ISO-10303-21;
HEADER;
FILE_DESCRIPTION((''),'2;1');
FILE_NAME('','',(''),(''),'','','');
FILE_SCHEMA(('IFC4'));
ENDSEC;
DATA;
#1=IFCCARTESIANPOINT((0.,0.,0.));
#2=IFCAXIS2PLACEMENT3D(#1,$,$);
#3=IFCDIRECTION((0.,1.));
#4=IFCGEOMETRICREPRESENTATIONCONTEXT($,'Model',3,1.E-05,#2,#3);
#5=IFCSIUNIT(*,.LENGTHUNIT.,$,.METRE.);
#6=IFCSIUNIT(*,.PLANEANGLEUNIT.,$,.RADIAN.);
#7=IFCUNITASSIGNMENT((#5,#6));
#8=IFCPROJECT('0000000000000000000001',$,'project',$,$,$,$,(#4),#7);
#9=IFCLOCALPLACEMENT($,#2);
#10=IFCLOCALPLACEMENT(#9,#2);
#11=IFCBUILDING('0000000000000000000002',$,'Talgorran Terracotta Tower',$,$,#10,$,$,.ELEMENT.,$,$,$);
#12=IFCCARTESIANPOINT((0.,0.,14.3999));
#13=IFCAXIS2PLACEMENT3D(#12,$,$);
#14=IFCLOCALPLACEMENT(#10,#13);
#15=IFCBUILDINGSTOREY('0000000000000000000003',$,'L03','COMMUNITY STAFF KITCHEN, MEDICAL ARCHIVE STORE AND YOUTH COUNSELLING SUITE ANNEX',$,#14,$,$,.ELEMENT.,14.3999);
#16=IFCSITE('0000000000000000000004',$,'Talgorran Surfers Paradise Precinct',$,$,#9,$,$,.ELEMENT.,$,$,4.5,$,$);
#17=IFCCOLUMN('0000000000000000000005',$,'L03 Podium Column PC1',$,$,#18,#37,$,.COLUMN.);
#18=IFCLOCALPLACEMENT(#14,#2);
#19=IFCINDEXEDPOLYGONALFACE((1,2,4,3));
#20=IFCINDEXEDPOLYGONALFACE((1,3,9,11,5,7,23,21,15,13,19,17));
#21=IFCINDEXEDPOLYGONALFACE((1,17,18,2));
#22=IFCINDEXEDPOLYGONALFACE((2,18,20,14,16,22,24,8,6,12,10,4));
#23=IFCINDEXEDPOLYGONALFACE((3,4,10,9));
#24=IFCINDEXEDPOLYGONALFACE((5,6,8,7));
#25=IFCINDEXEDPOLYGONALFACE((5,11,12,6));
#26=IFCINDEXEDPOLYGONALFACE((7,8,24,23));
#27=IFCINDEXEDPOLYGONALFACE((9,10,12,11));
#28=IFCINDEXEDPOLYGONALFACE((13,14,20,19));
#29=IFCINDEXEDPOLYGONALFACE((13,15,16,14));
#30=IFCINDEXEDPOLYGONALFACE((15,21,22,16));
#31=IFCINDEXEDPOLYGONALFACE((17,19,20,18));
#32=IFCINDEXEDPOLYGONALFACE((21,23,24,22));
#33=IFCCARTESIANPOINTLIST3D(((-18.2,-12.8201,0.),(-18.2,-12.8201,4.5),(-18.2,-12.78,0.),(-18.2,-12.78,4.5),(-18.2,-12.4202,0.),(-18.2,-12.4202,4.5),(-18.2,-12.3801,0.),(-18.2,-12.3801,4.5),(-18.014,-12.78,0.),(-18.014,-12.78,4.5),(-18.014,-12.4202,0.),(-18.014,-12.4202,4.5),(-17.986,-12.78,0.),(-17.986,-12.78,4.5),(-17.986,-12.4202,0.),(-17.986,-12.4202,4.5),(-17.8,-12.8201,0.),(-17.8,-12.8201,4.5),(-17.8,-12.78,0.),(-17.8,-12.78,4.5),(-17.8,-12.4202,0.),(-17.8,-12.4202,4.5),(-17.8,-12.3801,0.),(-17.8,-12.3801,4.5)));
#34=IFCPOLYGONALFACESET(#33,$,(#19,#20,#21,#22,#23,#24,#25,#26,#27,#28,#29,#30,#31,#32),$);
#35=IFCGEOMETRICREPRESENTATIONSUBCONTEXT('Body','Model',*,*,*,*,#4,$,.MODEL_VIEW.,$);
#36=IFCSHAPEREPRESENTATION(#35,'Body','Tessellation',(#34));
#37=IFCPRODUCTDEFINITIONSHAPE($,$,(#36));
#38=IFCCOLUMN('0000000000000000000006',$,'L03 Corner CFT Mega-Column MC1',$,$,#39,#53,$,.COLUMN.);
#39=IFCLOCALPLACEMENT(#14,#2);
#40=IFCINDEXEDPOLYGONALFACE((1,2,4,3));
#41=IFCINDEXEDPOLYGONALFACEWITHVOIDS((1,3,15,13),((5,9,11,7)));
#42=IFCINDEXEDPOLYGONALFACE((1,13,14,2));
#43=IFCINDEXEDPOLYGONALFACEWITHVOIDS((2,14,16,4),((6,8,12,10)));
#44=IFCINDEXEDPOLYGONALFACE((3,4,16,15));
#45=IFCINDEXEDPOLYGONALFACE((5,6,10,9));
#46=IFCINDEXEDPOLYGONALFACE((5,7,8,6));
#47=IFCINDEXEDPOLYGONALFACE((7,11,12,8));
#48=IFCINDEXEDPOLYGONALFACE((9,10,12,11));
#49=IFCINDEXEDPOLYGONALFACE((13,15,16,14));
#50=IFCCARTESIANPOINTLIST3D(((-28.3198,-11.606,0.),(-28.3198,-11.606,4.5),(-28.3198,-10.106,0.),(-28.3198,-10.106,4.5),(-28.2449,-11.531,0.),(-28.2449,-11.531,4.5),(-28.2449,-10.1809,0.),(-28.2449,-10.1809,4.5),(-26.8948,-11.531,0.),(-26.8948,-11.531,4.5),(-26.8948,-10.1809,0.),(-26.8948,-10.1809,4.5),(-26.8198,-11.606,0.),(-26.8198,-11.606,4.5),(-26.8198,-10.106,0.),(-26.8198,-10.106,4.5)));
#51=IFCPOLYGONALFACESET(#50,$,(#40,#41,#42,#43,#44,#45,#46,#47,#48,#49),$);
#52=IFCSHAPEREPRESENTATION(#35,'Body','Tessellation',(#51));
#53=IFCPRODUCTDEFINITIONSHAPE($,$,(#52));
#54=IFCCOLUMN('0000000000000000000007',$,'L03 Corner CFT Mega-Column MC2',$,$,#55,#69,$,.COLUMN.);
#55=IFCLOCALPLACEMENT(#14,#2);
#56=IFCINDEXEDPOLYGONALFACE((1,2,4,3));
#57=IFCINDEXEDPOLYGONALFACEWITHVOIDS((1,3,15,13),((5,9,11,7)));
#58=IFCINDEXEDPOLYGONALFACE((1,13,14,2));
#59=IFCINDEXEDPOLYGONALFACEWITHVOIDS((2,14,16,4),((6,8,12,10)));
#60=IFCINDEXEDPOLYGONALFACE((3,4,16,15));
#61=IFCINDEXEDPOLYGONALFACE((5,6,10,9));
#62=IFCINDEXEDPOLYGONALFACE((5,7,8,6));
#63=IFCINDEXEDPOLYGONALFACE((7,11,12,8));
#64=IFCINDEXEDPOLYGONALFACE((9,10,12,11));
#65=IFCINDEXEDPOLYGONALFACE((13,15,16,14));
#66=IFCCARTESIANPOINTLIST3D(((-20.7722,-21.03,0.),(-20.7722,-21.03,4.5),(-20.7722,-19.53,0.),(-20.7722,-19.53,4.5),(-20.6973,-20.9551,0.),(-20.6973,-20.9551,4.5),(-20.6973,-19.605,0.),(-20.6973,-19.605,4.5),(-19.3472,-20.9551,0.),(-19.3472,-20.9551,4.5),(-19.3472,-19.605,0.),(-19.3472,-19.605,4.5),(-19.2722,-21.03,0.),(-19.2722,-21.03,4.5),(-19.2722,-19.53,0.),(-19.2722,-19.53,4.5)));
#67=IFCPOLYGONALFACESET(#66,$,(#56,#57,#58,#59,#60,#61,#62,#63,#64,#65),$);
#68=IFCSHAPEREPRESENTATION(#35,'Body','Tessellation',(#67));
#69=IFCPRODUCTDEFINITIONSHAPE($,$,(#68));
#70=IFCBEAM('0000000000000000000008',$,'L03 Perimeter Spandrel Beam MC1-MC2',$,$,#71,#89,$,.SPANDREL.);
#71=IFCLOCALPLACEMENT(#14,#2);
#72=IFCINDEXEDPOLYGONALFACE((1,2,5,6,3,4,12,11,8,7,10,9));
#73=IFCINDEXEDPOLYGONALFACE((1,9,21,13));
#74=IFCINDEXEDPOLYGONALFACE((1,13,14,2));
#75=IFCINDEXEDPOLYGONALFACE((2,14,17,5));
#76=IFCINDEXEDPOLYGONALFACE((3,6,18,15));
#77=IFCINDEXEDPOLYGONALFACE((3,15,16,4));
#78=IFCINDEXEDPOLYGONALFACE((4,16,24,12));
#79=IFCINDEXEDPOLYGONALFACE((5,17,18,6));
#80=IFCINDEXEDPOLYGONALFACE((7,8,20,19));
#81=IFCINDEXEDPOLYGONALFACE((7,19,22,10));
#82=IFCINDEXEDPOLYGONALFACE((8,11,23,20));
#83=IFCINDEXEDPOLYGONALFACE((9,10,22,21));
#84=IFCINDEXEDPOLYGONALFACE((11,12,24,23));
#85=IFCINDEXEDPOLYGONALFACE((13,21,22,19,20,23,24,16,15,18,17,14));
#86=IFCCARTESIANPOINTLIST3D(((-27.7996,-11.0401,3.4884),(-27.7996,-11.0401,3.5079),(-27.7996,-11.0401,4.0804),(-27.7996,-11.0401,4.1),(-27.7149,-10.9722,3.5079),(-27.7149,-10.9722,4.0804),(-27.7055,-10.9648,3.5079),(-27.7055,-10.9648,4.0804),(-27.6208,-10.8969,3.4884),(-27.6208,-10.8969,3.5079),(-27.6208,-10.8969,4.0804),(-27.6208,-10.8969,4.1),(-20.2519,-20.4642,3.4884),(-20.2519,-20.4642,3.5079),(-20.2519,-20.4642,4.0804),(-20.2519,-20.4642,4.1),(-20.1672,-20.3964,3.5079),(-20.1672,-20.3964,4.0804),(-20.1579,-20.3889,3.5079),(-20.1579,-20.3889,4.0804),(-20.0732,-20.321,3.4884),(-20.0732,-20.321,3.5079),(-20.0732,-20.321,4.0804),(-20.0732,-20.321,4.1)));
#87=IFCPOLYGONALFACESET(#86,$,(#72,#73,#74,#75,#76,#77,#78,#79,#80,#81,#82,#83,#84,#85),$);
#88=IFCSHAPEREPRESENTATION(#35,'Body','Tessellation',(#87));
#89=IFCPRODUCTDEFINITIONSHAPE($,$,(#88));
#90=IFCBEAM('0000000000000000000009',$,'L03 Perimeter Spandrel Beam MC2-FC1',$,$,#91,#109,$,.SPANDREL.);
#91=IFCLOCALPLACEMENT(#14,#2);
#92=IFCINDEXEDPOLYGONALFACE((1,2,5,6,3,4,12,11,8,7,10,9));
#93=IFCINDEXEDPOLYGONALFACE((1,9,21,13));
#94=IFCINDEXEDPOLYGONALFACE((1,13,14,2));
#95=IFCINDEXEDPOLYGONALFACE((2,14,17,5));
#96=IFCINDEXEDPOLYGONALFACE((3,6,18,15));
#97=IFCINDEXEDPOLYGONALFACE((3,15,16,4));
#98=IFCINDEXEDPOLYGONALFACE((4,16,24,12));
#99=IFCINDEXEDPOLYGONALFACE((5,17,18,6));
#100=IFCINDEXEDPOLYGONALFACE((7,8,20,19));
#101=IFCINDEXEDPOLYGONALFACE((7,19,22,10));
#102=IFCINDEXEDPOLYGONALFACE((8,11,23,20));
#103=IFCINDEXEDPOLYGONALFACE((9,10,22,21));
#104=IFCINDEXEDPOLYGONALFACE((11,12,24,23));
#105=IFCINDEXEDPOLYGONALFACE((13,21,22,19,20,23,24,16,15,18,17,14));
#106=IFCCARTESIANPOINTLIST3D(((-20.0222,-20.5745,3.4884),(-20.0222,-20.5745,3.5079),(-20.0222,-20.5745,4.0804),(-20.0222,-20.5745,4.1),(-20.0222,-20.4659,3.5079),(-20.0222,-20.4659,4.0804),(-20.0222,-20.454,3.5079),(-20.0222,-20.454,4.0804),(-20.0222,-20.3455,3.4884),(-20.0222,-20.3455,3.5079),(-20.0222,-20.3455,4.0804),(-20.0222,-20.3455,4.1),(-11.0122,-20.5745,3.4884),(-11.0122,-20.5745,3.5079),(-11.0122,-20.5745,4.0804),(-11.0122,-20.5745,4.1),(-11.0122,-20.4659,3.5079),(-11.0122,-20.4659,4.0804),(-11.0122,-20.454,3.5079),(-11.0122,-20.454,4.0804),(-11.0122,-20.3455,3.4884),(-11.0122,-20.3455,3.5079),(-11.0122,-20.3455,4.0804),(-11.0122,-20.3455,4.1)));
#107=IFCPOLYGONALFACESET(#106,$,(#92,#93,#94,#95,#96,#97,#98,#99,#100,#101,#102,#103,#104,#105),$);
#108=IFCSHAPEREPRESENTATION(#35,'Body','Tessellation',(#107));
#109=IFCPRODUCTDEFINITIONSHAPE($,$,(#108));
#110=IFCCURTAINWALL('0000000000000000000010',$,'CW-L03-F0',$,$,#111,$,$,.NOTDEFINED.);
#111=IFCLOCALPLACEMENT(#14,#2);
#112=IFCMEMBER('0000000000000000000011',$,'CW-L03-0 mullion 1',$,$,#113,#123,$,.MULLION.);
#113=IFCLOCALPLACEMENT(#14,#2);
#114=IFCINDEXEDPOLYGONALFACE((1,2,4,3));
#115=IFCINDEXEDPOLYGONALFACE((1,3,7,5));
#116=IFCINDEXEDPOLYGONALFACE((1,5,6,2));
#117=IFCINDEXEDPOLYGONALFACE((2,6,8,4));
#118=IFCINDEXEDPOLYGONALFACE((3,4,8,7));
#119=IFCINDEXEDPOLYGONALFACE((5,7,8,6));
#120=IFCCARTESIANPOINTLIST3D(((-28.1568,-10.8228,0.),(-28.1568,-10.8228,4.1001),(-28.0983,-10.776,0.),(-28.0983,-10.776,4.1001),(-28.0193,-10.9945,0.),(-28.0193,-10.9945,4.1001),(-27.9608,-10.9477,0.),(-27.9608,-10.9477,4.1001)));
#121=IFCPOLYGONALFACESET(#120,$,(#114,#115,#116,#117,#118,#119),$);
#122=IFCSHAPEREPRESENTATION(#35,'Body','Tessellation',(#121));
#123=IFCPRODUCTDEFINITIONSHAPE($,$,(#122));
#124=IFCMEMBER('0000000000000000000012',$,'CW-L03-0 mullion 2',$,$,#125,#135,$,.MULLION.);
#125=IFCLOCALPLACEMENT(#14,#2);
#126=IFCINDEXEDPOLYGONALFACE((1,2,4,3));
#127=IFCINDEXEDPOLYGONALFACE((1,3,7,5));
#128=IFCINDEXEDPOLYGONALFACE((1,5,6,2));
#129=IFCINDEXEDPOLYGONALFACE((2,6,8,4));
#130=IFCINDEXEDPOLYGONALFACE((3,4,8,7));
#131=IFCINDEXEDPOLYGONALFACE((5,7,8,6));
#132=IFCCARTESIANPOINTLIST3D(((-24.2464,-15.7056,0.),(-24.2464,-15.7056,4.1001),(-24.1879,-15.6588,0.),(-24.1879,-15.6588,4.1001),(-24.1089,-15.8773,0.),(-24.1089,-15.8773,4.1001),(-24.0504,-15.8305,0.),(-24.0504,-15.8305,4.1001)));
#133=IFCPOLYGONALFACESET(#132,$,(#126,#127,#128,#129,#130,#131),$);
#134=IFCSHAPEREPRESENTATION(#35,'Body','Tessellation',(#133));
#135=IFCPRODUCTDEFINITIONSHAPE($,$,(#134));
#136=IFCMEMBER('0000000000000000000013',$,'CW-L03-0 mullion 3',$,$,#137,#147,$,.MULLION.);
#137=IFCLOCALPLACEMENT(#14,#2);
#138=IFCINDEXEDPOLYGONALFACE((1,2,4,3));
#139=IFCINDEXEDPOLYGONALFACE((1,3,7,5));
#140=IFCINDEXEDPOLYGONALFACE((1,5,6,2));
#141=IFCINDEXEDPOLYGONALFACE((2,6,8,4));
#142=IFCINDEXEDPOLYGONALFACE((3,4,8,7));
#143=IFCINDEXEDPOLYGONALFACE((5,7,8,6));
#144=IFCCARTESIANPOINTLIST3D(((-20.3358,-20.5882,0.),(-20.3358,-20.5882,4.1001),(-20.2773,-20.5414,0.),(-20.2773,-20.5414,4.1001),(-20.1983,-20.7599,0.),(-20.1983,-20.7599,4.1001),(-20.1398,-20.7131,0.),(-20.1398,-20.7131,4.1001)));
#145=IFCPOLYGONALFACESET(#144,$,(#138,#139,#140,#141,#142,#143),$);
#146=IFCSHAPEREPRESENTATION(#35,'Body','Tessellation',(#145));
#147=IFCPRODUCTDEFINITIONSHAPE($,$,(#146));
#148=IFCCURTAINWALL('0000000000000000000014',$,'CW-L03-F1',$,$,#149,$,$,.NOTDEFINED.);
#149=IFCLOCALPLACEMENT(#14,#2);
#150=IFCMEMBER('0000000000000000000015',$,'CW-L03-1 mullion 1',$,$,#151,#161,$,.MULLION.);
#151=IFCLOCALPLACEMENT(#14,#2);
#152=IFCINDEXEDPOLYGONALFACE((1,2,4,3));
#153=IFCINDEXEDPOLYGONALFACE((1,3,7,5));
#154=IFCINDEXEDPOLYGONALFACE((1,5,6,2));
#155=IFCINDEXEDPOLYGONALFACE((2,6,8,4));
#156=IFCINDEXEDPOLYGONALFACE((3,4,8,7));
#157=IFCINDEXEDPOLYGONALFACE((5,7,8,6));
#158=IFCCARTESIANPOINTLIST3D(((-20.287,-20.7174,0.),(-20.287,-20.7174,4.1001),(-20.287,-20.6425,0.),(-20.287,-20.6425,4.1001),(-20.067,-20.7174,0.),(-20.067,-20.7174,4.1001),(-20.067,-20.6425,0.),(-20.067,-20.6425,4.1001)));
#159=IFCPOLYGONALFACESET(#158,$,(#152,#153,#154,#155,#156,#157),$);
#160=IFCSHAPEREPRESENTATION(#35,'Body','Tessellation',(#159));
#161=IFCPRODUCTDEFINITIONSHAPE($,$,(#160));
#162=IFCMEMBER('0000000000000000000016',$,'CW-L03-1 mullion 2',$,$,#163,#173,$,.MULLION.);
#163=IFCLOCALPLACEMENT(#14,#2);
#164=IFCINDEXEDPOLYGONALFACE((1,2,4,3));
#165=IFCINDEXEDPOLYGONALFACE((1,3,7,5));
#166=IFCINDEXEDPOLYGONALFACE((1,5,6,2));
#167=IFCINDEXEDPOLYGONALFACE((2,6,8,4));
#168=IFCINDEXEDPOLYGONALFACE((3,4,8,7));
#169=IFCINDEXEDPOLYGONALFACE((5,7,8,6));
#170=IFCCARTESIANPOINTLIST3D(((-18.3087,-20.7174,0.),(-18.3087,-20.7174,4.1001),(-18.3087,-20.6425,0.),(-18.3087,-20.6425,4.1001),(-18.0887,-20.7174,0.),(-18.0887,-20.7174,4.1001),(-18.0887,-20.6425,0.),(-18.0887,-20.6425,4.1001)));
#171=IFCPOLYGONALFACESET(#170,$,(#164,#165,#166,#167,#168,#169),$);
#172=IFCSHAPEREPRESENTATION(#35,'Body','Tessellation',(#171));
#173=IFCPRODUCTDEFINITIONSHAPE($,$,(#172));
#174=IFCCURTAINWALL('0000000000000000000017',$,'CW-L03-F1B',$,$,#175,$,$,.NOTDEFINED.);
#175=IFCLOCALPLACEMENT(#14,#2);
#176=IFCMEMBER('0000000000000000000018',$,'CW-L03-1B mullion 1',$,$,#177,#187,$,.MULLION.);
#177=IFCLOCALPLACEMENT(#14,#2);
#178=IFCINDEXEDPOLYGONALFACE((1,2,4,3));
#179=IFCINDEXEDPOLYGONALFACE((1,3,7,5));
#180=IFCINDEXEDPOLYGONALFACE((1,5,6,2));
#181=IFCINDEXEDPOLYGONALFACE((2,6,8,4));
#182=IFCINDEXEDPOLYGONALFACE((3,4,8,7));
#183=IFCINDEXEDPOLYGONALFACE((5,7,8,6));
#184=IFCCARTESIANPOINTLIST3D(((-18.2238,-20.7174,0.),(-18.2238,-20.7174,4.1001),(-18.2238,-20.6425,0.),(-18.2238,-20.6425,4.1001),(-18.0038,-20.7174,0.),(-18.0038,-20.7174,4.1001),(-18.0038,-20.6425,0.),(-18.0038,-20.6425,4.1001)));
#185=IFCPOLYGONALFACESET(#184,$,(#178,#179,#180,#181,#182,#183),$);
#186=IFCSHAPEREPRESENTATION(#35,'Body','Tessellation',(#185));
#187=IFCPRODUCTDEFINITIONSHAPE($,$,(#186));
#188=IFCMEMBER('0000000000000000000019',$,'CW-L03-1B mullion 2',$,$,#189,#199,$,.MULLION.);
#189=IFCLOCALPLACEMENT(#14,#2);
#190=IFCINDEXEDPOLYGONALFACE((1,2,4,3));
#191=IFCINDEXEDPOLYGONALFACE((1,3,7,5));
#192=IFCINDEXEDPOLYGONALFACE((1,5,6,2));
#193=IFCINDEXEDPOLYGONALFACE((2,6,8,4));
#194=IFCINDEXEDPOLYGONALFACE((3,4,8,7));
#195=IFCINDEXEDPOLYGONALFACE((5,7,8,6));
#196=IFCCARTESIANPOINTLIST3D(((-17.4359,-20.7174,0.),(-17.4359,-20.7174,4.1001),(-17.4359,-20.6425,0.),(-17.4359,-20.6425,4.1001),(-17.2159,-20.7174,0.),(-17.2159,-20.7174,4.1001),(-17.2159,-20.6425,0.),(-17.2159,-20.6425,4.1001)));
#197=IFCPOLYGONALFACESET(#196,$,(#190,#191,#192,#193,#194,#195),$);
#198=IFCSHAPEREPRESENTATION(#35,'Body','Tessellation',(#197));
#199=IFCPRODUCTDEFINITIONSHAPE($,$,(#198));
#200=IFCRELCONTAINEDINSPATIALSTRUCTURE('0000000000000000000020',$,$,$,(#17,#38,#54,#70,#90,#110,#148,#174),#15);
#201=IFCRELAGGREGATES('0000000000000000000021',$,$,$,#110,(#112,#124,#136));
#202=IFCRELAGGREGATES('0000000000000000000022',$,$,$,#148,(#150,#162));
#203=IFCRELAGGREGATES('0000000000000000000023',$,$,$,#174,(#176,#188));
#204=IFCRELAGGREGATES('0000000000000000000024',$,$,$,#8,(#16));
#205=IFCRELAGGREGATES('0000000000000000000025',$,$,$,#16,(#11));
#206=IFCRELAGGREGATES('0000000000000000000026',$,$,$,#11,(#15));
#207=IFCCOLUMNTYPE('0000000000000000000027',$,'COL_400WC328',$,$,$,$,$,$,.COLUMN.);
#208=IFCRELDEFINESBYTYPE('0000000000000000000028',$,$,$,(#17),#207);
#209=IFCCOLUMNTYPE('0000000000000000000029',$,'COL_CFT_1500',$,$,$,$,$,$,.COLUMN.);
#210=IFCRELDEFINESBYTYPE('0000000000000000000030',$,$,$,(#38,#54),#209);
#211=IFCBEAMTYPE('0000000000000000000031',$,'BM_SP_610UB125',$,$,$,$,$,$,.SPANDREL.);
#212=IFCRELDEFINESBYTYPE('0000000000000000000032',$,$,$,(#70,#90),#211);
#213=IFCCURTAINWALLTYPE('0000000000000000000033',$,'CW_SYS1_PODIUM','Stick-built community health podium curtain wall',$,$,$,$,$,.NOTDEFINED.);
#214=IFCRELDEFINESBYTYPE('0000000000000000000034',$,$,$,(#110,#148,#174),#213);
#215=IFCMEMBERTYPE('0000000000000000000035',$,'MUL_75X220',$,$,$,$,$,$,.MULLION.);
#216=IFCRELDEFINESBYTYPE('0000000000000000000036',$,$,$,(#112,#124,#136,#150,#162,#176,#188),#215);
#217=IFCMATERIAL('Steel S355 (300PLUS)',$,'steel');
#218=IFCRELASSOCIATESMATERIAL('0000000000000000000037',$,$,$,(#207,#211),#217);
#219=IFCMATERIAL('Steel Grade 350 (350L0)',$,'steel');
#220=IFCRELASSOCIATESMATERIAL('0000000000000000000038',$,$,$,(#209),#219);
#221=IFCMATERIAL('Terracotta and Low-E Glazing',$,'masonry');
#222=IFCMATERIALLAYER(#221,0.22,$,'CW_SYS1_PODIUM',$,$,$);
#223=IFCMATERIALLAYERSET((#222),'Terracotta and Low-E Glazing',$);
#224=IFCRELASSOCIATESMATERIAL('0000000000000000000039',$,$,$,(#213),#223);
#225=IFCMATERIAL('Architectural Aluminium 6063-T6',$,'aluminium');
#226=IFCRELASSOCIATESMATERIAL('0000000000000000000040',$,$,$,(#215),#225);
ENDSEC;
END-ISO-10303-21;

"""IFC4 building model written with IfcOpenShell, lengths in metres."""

from ifc_helpers import new_model, si_unit, direction, frame, origin, origin_2d, place, context, subcontext, project, spatial, rectangle, hollow_rectangle, i_section, extrude, material, layer, layer_set, material_profile, profile_set, type_object, element, aggregate, save


model = new_model("IFC4")

# Units and contexts
model_context = context("Model", 3, precision=1e-05, world=origin(), true_north=direction((0.0, 1.0)))
body_context = subcontext(model_context, "Body", "Model", "MODEL_VIEW")
ifc_project = project(units=[si_unit("LENGTHUNIT", "METRE"), si_unit("PLANEANGLEUNIT", "RADIAN")], contexts=[model_context])

# Site, building, storey
site_placement = place(None, origin())
site = spatial("IfcSite", under=ifc_project, at=site_placement, Name="Talgorran Surfers Paradise Precinct", CompositionType="ELEMENT", RefElevation=4.5)
building_placement = place(site_placement, origin())
building = spatial("IfcBuilding", under=site, at=building_placement, Name="Talgorran Terracotta Tower", CompositionType="ELEMENT")
storey_placement = place(building_placement, frame((0.0, 0.0, 14.3999)))
storey = spatial("IfcBuildingStorey", under=building, at=storey_placement, Name="L03", Description="COMMUNITY STAFF KITCHEN, MEDICAL ARCHIVE STORE AND YOUTH COUNSELLING SUITE ANNEX", CompositionType="ELEMENT", Elevation=14.3999)

# Columns
ifc_material_1 = material(Name="Steel S355 (300PLUS)", Category="steel")
ifc_material_profile_1 = material_profile(ifc_material_1, i_section(OverallWidth=0.3999, OverallDepth=0.4399, WebThickness=0.0281, FlangeThickness=0.04, at=origin_2d()), Name="400WC328")
ifc_profile_set_1 = profile_set([ifc_material_profile_1], Name="Steel S355 (300PLUS)")
column_type_1 = type_object("IfcColumnType", Name="COL_400WC328", PredefinedType="COLUMN", material=ifc_profile_set_1)
column_placement = place(storey_placement, frame((-18.0, -12.6001, 0.0), z_axis=(0.0, 0.0, 1.0), x_axis=(1.0, 0.0, 0.0)))
element("IfcColumn", 1, at=column_placement, inside=storey, type_object=column_type_1, Name="L03 Podium Column PC1", PredefinedType="COLUMN", context=body_context, shape_type="SweptSolid", body=[
    extrude(i_section(OverallWidth=0.3999, OverallDepth=0.4399, WebThickness=0.0281, FlangeThickness=0.04, at=origin_2d()), origin(), (0.0, 0.0, 1.0), 4.5),
])
ifc_material_2 = material(Name="Steel Grade 350 (350L0)", Category="steel")
ifc_material_profile_2 = material_profile(ifc_material_2, hollow_rectangle(XDim=1.5, YDim=1.5, WallThickness=0.075, at=origin_2d()), Name="CFT1500X1500X75")
ifc_profile_set_2 = profile_set([ifc_material_profile_2], Name="Steel Grade 350 (350L0)")
column_type_2 = type_object("IfcColumnType", Name="COL_CFT_1500", PredefinedType="COLUMN", material=ifc_profile_set_2)
for number, where, z_axis, x_axis, name in (
    (2, (-27.5698, -10.856, 0.0), (0.0, 0.0, 1.0), (1.0, 0.0, 0.0), "L03 Corner CFT Mega-Column MC1"),
    (3, (-20.0222, -20.28, 0.0), (0.0, 0.0, 1.0), (1.0, 0.0, 0.0), "L03 Corner CFT Mega-Column MC2"),
):
    element("IfcColumn", number, at=place(storey_placement, frame(where, z_axis=z_axis, x_axis=x_axis)), inside=storey, type_object=column_type_2, Name=name, PredefinedType="COLUMN", context=body_context, shape_type="SweptSolid", body=[
        extrude(hollow_rectangle(XDim=1.5, YDim=1.5, WallThickness=0.075, at=origin_2d()), origin(), (0.0, 0.0, 1.0), 4.5),
    ])

# Beams
ifc_material_profile_3 = material_profile(ifc_material_1, i_section(OverallWidth=0.229, OverallDepth=0.6116, WebThickness=0.012, FlangeThickness=0.0195, at=origin_2d()), Name="610UB125")
ifc_profile_set_3 = profile_set([ifc_material_profile_3], Name="Steel S355 (300PLUS)")
beam_type = type_object("IfcBeamType", Name="BM_SP_610UB125", PredefinedType="SPANDREL", material=ifc_profile_set_3)
beam_1_placement = place(storey_placement, frame((-27.7102, -10.9685, 3.7942), z_axis=(0.625117, -0.780531, 0.0), x_axis=(0.780531, 0.625117, 0.0)))
element("IfcBeam", 4, at=beam_1_placement, inside=storey, type_object=beam_type, Name="L03 Perimeter Spandrel Beam MC1-MC2", PredefinedType="SPANDREL", context=body_context, shape_type="SweptSolid", body=[
    extrude(i_section(OverallWidth=0.229, OverallDepth=0.6116, WebThickness=0.012, FlangeThickness=0.0195, at=origin_2d()), origin(), (0.0, 0.0, 1.0), 12.074),
])
beam_2_placement = place(storey_placement, frame((-20.0222, -20.46, 3.7942), z_axis=(1.0, 0.0, 0.0), x_axis=(0.0, 1.0, 0.0)))
element("IfcBeam", 5, at=beam_2_placement, inside=storey, type_object=beam_type, Name="L03 Perimeter Spandrel Beam MC2-FC1", PredefinedType="SPANDREL", context=body_context, shape_type="SweptSolid", body=[
    extrude(i_section(OverallWidth=0.229, OverallDepth=0.6116, WebThickness=0.012, FlangeThickness=0.0195, at=origin_2d()), origin(), (0.0, 0.0, 1.0), 9.01),
])

# Curtain walls, members
ifc_material_3 = material(Name="Terracotta and Low-E Glazing", Category="masonry")
ifc_layer_1 = layer(ifc_material_3, 0.22, Name="CW_SYS1_PODIUM")
ifc_layer_set_1 = layer_set([ifc_layer_1], Name="Terracotta and Low-E Glazing")
curtain_wall_type = type_object("IfcCurtainWallType", Name="CW_SYS1_PODIUM", Description="Stick-built community health podium curtain wall", PredefinedType="NOTDEFINED", material=ifc_layer_set_1)
curtain_wall_1_placement = place(storey_placement, origin())
curtain_wall_1 = element("IfcCurtainWall", 6, at=curtain_wall_1_placement, inside=storey, type_object=curtain_wall_type, Name="CW-L03-F0", PredefinedType="NOTDEFINED")
ifc_material_4 = material(Name="Architectural Aluminium 6063-T6", Category="aluminium")
ifc_material_profile_4 = material_profile(ifc_material_4, rectangle(XDim=0.075, YDim=0.22, at=origin_2d()), Name="CWM75X220")
ifc_profile_set_4 = profile_set([ifc_material_profile_4], Name="Architectural Aluminium 6063-T6")
member_type_1 = type_object("IfcMemberType", Name="MUL_75X220", PredefinedType="MULLION", material=ifc_profile_set_4)
member_1_placement = place(storey_placement, frame((-28.0588, -10.8853, 0.0), z_axis=(0.0, 0.0, 1.0), x_axis=(0.780532, 0.625116, 0.0)))
member_1 = element("IfcMember", 7, at=member_1_placement, type_object=member_type_1, Name="CW-L03-0 mullion 1", PredefinedType="MULLION", context=body_context, shape_type="SweptSolid", body=[
    extrude(rectangle(XDim=0.075, YDim=0.22, at=origin_2d()), origin(), (0.0, 0.0, 1.0), 4.1001),
])
member_2_placement = place(storey_placement, frame((-24.1484, -15.7681, 0.0), z_axis=(0.0, 0.0, 1.0), x_axis=(0.780532, 0.625116, 0.0)))
member_2 = element("IfcMember", 8, at=member_2_placement, type_object=member_type_1, Name="CW-L03-0 mullion 2", PredefinedType="MULLION", context=body_context, shape_type="SweptSolid", body=[
    extrude(rectangle(XDim=0.075, YDim=0.22, at=origin_2d()), origin(), (0.0, 0.0, 1.0), 4.1001),
])
member_3_placement = place(storey_placement, frame((-20.2378, -20.6506, 0.0), z_axis=(0.0, 0.0, 1.0), x_axis=(0.780532, 0.625116, 0.0)))
member_3 = element("IfcMember", 9, at=member_3_placement, type_object=member_type_1, Name="CW-L03-0 mullion 3", PredefinedType="MULLION", context=body_context, shape_type="SweptSolid", body=[
    extrude(rectangle(XDim=0.075, YDim=0.22, at=origin_2d()), origin(), (0.0, 0.0, 1.0), 4.1001),
])
curtain_wall_2_placement = place(storey_placement, origin())
curtain_wall_2 = element("IfcCurtainWall", 10, at=curtain_wall_2_placement, inside=storey, type_object=curtain_wall_type, Name="CW-L03-F1", PredefinedType="NOTDEFINED")
member_4_placement = place(storey_placement, frame((-20.177, -20.6799, 0.0), z_axis=(0.0, 0.0, 1.0), x_axis=(0.0, 1.0, 0.0)))
member_4 = element("IfcMember", 11, at=member_4_placement, type_object=member_type_1, Name="CW-L03-1 mullion 1", PredefinedType="MULLION", context=body_context, shape_type="SweptSolid", body=[
    extrude(rectangle(XDim=0.075, YDim=0.22, at=origin_2d()), origin(), (0.0, 0.0, 1.0), 4.1001),
])
member_5_placement = place(storey_placement, frame((-18.1987, -20.6799, 0.0), z_axis=(0.0, 0.0, 1.0), x_axis=(0.0, 1.0, 0.0)))
member_5 = element("IfcMember", 12, at=member_5_placement, type_object=member_type_1, Name="CW-L03-1 mullion 2", PredefinedType="MULLION", context=body_context, shape_type="SweptSolid", body=[
    extrude(rectangle(XDim=0.075, YDim=0.22, at=origin_2d()), origin(), (0.0, 0.0, 1.0), 4.1001),
])
curtain_wall_3_placement = place(storey_placement, origin())
curtain_wall_3 = element("IfcCurtainWall", 13, at=curtain_wall_3_placement, inside=storey, type_object=curtain_wall_type, Name="CW-L03-F1B", PredefinedType="NOTDEFINED")
member_6_placement = place(storey_placement, frame((-18.1138, -20.6799, 0.0), z_axis=(0.0, 0.0, 1.0), x_axis=(0.0, 1.0, 0.0)))
member_6 = element("IfcMember", 14, at=member_6_placement, type_object=member_type_1, Name="CW-L03-1B mullion 1", PredefinedType="MULLION", context=body_context, shape_type="SweptSolid", body=[
    extrude(rectangle(XDim=0.075, YDim=0.22, at=origin_2d()), origin(), (0.0, 0.0, 1.0), 4.1001),
])
member_7_placement = place(storey_placement, frame((-17.3259, -20.6799, 0.0), z_axis=(0.0, 0.0, 1.0), x_axis=(0.0, 1.0, 0.0)))
member_7 = element("IfcMember", 15, at=member_7_placement, type_object=member_type_1, Name="CW-L03-1B mullion 2", PredefinedType="MULLION", context=body_context, shape_type="SweptSolid", body=[
    extrude(rectangle(XDim=0.075, YDim=0.22, at=origin_2d()), origin(), (0.0, 0.0, 1.0), 4.1001),
])

aggregate(curtain_wall_1, [member_1, member_2, member_3])
aggregate(curtain_wall_2, [member_4, member_5])
aggregate(curtain_wall_3, [member_6, member_7])

save(model, "model.ifc")
